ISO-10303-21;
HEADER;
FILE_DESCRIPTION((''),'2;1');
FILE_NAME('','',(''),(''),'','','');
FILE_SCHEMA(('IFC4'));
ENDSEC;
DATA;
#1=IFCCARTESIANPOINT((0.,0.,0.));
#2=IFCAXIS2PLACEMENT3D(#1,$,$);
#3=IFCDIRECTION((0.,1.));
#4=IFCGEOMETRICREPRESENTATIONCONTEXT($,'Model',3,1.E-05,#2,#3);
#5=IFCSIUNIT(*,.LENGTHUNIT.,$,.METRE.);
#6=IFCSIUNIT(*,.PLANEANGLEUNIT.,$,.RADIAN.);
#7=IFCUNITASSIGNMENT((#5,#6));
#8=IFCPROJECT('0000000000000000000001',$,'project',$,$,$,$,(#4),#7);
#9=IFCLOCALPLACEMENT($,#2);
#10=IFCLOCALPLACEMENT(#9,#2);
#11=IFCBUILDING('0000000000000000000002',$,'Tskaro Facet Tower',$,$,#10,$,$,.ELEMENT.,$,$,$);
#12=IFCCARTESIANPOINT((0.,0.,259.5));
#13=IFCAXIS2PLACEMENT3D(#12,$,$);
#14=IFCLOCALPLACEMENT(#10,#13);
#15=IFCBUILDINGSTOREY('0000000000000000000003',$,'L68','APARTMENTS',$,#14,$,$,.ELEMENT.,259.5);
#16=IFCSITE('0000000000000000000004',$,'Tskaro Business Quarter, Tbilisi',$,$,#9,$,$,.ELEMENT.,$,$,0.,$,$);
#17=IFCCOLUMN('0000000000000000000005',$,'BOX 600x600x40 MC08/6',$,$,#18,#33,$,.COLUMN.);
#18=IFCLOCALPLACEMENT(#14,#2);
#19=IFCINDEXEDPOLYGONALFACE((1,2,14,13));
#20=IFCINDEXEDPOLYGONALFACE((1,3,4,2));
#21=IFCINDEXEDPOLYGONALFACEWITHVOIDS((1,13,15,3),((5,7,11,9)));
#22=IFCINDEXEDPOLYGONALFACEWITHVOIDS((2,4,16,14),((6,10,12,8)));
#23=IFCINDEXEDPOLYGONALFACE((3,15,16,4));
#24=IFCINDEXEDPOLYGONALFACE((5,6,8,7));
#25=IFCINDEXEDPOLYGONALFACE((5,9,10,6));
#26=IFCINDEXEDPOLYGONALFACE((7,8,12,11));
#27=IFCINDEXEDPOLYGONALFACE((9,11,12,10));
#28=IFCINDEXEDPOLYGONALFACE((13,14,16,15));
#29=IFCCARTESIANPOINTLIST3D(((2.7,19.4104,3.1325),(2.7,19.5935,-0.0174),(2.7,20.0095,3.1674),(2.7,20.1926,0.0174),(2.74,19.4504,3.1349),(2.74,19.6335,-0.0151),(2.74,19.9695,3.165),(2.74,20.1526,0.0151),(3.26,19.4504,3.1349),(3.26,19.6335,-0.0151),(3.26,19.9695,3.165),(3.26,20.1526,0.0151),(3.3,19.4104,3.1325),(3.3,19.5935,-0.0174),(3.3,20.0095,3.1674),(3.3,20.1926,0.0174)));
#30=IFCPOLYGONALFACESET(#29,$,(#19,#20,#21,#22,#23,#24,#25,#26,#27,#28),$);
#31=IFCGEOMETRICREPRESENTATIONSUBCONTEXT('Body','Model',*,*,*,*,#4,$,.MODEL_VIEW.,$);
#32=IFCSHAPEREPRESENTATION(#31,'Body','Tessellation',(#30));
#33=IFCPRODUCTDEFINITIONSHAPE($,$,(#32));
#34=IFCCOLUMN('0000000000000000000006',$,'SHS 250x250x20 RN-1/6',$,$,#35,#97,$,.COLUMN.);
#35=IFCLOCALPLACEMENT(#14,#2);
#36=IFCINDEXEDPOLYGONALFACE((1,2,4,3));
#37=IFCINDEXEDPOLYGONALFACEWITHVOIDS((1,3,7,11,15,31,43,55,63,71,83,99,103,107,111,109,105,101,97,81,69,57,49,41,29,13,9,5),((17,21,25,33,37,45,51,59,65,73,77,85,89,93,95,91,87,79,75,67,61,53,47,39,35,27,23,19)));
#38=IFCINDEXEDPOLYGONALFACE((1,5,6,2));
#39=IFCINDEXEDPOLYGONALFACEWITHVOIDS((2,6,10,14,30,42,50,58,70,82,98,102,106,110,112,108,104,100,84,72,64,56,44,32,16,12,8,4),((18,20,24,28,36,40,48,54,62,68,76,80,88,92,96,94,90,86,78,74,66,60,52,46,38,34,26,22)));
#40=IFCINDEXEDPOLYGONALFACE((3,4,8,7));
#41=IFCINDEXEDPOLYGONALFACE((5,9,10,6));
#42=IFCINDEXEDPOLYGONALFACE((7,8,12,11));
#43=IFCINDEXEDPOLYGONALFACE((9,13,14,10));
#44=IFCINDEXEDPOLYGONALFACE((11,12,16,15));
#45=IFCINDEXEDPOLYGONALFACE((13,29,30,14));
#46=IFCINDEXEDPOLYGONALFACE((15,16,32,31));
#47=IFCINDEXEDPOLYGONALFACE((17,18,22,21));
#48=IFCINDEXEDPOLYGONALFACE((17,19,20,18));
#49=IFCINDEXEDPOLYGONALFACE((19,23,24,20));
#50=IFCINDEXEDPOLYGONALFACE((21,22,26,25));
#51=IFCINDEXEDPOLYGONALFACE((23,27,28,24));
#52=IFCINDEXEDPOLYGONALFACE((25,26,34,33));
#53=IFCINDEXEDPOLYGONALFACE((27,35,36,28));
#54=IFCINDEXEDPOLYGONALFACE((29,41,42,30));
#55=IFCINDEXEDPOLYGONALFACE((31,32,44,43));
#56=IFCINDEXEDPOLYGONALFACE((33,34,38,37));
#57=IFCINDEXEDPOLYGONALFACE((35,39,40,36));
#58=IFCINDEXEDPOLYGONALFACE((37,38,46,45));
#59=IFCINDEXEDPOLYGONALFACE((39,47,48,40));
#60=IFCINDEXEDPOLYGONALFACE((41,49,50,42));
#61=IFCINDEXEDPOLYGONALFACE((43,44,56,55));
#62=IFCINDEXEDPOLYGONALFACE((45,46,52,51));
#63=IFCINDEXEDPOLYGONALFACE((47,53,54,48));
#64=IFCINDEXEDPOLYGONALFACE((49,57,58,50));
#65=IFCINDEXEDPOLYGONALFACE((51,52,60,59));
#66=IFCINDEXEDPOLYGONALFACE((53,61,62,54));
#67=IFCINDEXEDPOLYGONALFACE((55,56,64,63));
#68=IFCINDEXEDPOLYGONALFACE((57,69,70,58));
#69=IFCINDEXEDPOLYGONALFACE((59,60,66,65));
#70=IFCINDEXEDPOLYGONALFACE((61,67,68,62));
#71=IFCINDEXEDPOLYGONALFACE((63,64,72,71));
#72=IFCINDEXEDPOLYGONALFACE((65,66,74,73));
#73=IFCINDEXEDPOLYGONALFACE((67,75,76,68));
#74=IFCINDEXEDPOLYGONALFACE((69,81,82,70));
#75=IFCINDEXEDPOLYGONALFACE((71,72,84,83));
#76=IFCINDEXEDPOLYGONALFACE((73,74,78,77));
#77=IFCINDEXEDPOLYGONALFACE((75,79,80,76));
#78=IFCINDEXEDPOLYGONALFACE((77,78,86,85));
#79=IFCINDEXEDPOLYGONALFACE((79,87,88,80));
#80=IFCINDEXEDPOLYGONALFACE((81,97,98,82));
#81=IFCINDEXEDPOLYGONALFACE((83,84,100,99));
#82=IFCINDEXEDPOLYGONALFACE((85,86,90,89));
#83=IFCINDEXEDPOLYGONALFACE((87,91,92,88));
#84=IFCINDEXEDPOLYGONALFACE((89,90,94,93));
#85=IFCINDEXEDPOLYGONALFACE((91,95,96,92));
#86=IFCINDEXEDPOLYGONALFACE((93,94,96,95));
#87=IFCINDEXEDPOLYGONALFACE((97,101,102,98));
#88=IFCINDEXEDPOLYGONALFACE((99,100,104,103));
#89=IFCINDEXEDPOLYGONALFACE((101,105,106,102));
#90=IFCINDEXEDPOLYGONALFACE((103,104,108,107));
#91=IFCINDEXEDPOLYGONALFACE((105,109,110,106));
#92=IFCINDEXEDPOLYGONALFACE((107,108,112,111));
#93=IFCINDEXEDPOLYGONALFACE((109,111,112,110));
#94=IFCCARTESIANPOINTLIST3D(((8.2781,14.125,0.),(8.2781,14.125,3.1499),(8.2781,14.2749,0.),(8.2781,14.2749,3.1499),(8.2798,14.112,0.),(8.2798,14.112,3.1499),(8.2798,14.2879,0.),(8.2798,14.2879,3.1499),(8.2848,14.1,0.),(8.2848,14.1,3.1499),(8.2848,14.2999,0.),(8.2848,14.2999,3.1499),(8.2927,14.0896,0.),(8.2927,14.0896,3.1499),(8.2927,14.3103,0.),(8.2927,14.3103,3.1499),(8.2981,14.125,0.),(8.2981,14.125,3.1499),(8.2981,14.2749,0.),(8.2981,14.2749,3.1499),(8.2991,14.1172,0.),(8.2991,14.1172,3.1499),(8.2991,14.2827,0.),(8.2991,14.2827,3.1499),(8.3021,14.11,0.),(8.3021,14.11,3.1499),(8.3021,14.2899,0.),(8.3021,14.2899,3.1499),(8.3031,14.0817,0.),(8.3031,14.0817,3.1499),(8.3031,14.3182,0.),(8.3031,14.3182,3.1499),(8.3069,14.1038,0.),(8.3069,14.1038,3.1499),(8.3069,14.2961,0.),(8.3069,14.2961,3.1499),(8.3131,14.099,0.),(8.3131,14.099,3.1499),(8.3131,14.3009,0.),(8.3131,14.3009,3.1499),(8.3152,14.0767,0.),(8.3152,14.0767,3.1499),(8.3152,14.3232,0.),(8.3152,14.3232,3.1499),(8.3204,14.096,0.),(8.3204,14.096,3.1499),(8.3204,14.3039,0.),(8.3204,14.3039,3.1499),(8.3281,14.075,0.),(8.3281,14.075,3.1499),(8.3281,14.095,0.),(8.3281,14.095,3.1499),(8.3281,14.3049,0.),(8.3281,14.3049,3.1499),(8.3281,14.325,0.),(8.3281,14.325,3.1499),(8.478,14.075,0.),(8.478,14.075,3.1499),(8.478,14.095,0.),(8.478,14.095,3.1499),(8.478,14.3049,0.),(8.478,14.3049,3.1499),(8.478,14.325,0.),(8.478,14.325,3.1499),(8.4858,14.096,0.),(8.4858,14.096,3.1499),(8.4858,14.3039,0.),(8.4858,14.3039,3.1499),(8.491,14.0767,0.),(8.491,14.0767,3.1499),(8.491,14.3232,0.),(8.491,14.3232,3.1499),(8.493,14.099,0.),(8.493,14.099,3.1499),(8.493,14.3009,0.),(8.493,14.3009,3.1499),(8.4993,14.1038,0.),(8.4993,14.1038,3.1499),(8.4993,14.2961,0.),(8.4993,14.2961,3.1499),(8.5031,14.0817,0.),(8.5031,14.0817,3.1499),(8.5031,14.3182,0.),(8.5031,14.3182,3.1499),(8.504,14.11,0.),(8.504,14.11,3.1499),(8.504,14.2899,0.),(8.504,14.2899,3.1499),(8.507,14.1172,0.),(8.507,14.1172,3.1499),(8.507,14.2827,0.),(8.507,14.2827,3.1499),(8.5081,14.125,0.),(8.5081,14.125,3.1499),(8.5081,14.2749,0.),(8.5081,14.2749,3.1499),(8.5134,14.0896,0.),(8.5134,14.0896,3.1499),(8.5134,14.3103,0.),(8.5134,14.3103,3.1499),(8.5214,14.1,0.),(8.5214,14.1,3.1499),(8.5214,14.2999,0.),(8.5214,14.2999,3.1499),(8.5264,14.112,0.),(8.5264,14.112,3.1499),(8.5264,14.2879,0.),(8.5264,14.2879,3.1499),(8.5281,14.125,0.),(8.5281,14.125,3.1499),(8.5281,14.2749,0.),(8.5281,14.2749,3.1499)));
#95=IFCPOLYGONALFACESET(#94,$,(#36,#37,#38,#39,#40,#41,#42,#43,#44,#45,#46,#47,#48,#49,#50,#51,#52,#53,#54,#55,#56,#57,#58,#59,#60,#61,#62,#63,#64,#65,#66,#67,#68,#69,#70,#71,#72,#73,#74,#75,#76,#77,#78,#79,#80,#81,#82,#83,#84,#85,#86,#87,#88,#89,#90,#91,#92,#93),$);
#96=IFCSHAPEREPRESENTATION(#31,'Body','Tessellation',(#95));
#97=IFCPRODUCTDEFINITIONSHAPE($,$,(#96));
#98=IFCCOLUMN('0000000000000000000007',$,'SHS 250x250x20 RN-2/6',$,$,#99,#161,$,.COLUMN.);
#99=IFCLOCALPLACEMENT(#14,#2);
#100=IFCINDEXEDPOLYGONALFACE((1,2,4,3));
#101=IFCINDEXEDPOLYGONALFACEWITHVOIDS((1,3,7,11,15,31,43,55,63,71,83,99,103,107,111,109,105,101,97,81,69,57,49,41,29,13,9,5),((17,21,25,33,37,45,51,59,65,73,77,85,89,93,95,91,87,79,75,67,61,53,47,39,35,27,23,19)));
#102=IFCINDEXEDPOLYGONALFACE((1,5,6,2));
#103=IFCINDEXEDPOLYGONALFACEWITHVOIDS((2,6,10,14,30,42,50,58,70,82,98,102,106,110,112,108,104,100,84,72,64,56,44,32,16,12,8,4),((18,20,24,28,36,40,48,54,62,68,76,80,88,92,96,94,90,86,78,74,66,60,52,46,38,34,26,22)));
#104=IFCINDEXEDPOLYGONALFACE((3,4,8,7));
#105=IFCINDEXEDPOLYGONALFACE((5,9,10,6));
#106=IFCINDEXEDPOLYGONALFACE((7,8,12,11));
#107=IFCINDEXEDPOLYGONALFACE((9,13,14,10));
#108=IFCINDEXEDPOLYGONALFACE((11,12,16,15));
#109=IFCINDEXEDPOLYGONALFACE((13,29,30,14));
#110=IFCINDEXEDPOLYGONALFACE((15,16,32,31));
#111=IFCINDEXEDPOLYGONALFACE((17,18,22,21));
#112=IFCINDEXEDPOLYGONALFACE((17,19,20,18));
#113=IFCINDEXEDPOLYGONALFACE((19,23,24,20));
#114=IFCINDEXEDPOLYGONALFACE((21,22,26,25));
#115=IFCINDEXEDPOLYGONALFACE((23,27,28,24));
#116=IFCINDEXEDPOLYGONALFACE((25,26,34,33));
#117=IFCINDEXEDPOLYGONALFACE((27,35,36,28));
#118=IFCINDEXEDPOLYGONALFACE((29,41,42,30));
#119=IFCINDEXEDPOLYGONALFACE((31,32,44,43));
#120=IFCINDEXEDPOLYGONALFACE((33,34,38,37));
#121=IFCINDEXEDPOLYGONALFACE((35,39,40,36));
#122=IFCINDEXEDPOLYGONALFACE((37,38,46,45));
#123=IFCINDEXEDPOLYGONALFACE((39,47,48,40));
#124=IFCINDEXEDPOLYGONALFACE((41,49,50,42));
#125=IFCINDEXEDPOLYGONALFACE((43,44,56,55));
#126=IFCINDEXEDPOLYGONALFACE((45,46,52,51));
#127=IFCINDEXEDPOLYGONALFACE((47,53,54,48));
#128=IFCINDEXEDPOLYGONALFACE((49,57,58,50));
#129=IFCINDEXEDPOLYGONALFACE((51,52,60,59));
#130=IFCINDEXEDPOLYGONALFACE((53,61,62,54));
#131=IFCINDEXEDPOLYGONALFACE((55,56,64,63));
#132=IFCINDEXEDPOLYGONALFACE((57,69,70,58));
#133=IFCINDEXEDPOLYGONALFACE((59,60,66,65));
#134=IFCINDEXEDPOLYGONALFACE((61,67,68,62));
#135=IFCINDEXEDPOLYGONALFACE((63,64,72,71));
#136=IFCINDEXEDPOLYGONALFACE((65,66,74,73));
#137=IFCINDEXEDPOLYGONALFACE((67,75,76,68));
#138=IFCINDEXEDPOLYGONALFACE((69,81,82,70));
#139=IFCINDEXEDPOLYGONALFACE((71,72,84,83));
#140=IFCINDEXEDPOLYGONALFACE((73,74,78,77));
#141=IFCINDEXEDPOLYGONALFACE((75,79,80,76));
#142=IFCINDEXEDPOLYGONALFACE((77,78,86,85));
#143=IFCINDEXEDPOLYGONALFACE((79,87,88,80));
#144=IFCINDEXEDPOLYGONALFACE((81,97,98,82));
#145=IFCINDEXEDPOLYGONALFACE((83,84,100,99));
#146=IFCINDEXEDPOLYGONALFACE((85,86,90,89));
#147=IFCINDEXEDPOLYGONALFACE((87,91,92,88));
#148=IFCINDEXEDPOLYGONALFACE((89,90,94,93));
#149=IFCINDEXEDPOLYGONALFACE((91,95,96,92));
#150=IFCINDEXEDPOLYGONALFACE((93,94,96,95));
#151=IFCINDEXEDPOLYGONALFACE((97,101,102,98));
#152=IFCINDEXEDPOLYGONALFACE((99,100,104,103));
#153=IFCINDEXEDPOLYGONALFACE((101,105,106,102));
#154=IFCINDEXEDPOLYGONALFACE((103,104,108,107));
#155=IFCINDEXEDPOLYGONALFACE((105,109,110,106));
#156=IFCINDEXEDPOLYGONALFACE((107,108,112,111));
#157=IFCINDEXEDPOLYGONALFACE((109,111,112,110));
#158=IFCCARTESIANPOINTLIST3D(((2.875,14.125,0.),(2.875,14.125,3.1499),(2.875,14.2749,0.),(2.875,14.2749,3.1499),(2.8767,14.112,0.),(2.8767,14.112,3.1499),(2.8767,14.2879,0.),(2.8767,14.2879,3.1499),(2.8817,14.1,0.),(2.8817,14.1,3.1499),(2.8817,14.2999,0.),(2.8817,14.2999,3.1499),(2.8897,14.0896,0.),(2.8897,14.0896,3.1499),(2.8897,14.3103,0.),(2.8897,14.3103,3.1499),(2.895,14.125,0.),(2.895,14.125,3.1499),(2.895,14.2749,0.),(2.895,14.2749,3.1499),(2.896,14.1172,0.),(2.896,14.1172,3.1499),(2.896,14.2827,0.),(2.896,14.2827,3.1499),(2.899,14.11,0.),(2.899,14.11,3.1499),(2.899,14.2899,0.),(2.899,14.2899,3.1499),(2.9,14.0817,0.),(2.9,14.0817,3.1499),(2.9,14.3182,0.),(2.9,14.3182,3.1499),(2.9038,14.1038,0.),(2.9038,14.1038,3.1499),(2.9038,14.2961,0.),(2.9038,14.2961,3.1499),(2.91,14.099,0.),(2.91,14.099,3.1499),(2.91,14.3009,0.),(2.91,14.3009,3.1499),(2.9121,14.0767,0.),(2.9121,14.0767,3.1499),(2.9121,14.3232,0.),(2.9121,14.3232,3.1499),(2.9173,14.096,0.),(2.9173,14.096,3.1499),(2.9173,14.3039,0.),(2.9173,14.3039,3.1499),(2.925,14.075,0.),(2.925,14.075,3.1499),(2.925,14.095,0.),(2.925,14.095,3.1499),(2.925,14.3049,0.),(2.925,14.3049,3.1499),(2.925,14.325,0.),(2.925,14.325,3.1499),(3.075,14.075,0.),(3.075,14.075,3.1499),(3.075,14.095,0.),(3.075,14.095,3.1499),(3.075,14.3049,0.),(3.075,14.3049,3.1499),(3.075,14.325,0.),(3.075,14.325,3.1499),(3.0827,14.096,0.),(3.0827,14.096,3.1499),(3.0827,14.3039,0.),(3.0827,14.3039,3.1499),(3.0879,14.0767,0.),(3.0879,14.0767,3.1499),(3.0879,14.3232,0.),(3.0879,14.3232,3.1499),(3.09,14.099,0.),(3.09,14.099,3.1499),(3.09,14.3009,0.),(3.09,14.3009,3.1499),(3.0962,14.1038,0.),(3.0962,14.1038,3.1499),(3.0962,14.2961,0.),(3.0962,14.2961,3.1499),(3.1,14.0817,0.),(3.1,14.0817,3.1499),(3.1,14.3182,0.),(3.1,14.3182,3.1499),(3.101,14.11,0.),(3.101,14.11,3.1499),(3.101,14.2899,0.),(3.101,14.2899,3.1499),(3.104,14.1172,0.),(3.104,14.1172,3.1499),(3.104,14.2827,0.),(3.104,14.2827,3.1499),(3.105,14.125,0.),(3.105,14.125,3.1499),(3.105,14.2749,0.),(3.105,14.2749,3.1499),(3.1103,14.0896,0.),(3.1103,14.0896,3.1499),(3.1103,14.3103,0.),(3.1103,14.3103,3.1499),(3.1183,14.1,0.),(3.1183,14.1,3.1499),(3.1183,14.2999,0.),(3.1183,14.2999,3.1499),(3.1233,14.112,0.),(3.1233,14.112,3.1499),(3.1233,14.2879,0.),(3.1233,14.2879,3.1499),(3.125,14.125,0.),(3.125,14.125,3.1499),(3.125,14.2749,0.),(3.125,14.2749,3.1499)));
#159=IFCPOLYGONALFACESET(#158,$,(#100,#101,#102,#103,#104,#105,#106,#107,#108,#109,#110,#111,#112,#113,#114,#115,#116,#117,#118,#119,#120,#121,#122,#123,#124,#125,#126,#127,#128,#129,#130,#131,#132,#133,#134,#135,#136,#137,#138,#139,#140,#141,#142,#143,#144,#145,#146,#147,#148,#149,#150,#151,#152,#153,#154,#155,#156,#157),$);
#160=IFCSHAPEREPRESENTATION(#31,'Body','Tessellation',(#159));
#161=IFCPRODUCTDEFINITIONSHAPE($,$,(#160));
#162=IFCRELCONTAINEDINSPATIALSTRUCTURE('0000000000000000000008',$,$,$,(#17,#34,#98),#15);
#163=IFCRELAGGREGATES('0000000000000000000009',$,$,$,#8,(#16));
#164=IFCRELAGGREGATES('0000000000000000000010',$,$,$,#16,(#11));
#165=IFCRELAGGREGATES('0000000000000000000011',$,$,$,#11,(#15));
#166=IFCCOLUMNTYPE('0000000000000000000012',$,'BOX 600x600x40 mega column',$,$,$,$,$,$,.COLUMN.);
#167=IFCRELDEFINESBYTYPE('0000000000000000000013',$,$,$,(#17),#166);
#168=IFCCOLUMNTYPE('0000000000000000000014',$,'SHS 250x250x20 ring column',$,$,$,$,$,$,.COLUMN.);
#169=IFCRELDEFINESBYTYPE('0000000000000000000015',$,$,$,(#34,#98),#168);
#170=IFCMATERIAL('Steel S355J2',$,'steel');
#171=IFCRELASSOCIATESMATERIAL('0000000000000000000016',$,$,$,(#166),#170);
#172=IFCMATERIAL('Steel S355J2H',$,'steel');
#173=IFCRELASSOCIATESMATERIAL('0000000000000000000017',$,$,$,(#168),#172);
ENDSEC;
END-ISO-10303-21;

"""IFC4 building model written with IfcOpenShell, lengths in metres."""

from ifc_helpers import new_model, si_unit, direction, frame, origin, origin_2d, place, context, subcontext, project, spatial, hollow_rectangle, extrude, material, material_profile, profile_set, type_object, element, save


model = new_model("IFC4")

# Units and contexts
model_context = context("Model", 3, precision=1e-05, world=origin(), true_north=direction((0.0, 1.0)))
body_context = subcontext(model_context, "Body", "Model", "MODEL_VIEW")
ifc_project = project(units=[si_unit("LENGTHUNIT", "METRE"), si_unit("PLANEANGLEUNIT", "RADIAN")], contexts=[model_context])

# Site, building, storey
site_placement = place(None, origin())
site = spatial("IfcSite", under=ifc_project, at=site_placement, Name="Tskaro Business Quarter, Tbilisi", CompositionType="ELEMENT", RefElevation=0.0)
building_placement = place(site_placement, origin())
building = spatial("IfcBuilding", under=site, at=building_placement, Name="Tskaro Facet Tower", CompositionType="ELEMENT")
storey_placement = place(building_placement, frame((0.0, 0.0, 259.5)))
storey = spatial("IfcBuildingStorey", under=building, at=storey_placement, Name="L68", Description="APARTMENTS", CompositionType="ELEMENT", Elevation=259.5)

# Columns
ifc_material_1 = material(Name="Steel S355J2", Category="steel")
ifc_material_profile_1 = material_profile(ifc_material_1, hollow_rectangle(XDim=0.6001, YDim=0.6001, WallThickness=0.04, at=origin_2d()), Name="BOX 600x600x40")
ifc_profile_set_1 = profile_set([ifc_material_profile_1], Name="Steel S355J2")
column_type_1 = type_object("IfcColumnType", Name="BOX 600x600x40 mega column", PredefinedType="COLUMN", material=ifc_profile_set_1)
column_placement = place(storey_placement, frame((3.0, 19.8931, 0.0), z_axis=(0.0, -0.058033, 0.998315), x_axis=(1.0, 0.0, 0.0)))
element("IfcColumn", 1, at=column_placement, inside=storey, type_object=column_type_1, Name="BOX 600x600x40 MC08/6", PredefinedType="COLUMN", context=body_context, shape_type="SweptSolid", body=[
    extrude(hollow_rectangle(XDim=0.6001, YDim=0.6001, WallThickness=0.04, at=origin_2d()), origin(), (0.0, 0.0, 1.0), 3.1553),
])
ifc_material_2 = material(Name="Steel S355J2H", Category="steel")
ifc_material_profile_2 = material_profile(ifc_material_2, hollow_rectangle(XDim=0.25, YDim=0.25, WallThickness=0.02, InnerFilletRadius=0.03, OuterFilletRadius=0.05, at=origin_2d()), Name="SHS 250x250x20")
ifc_profile_set_2 = profile_set([ifc_material_profile_2], Name="Steel S355J2H")
column_type_2 = type_object("IfcColumnType", Name="SHS 250x250x20 ring column", PredefinedType="COLUMN", material=ifc_profile_set_2)
for number, where, z_axis, x_axis, name in (
    (2, (8.4031, 14.2, 0.0), (0.0, 0.0, 1.0), (1.0, 0.0, 0.0), "SHS 250x250x20 RN-1/6"),
    (3, (3.0, 14.2, 0.0), (0.0, 0.0, 1.0), (1.0, 0.0, 0.0), "SHS 250x250x20 RN-2/6"),
):
    element("IfcColumn", number, at=place(storey_placement, frame(where, z_axis=z_axis, x_axis=x_axis)), inside=storey, type_object=column_type_2, Name=name, PredefinedType="COLUMN", context=body_context, shape_type="SweptSolid", body=[
        extrude(hollow_rectangle(XDim=0.25, YDim=0.25, WallThickness=0.02, InnerFilletRadius=0.03, OuterFilletRadius=0.05, at=origin_2d()), origin(), (0.0, 0.0, 1.0), 3.1499),
    ])

save(model, "model.ifc")
